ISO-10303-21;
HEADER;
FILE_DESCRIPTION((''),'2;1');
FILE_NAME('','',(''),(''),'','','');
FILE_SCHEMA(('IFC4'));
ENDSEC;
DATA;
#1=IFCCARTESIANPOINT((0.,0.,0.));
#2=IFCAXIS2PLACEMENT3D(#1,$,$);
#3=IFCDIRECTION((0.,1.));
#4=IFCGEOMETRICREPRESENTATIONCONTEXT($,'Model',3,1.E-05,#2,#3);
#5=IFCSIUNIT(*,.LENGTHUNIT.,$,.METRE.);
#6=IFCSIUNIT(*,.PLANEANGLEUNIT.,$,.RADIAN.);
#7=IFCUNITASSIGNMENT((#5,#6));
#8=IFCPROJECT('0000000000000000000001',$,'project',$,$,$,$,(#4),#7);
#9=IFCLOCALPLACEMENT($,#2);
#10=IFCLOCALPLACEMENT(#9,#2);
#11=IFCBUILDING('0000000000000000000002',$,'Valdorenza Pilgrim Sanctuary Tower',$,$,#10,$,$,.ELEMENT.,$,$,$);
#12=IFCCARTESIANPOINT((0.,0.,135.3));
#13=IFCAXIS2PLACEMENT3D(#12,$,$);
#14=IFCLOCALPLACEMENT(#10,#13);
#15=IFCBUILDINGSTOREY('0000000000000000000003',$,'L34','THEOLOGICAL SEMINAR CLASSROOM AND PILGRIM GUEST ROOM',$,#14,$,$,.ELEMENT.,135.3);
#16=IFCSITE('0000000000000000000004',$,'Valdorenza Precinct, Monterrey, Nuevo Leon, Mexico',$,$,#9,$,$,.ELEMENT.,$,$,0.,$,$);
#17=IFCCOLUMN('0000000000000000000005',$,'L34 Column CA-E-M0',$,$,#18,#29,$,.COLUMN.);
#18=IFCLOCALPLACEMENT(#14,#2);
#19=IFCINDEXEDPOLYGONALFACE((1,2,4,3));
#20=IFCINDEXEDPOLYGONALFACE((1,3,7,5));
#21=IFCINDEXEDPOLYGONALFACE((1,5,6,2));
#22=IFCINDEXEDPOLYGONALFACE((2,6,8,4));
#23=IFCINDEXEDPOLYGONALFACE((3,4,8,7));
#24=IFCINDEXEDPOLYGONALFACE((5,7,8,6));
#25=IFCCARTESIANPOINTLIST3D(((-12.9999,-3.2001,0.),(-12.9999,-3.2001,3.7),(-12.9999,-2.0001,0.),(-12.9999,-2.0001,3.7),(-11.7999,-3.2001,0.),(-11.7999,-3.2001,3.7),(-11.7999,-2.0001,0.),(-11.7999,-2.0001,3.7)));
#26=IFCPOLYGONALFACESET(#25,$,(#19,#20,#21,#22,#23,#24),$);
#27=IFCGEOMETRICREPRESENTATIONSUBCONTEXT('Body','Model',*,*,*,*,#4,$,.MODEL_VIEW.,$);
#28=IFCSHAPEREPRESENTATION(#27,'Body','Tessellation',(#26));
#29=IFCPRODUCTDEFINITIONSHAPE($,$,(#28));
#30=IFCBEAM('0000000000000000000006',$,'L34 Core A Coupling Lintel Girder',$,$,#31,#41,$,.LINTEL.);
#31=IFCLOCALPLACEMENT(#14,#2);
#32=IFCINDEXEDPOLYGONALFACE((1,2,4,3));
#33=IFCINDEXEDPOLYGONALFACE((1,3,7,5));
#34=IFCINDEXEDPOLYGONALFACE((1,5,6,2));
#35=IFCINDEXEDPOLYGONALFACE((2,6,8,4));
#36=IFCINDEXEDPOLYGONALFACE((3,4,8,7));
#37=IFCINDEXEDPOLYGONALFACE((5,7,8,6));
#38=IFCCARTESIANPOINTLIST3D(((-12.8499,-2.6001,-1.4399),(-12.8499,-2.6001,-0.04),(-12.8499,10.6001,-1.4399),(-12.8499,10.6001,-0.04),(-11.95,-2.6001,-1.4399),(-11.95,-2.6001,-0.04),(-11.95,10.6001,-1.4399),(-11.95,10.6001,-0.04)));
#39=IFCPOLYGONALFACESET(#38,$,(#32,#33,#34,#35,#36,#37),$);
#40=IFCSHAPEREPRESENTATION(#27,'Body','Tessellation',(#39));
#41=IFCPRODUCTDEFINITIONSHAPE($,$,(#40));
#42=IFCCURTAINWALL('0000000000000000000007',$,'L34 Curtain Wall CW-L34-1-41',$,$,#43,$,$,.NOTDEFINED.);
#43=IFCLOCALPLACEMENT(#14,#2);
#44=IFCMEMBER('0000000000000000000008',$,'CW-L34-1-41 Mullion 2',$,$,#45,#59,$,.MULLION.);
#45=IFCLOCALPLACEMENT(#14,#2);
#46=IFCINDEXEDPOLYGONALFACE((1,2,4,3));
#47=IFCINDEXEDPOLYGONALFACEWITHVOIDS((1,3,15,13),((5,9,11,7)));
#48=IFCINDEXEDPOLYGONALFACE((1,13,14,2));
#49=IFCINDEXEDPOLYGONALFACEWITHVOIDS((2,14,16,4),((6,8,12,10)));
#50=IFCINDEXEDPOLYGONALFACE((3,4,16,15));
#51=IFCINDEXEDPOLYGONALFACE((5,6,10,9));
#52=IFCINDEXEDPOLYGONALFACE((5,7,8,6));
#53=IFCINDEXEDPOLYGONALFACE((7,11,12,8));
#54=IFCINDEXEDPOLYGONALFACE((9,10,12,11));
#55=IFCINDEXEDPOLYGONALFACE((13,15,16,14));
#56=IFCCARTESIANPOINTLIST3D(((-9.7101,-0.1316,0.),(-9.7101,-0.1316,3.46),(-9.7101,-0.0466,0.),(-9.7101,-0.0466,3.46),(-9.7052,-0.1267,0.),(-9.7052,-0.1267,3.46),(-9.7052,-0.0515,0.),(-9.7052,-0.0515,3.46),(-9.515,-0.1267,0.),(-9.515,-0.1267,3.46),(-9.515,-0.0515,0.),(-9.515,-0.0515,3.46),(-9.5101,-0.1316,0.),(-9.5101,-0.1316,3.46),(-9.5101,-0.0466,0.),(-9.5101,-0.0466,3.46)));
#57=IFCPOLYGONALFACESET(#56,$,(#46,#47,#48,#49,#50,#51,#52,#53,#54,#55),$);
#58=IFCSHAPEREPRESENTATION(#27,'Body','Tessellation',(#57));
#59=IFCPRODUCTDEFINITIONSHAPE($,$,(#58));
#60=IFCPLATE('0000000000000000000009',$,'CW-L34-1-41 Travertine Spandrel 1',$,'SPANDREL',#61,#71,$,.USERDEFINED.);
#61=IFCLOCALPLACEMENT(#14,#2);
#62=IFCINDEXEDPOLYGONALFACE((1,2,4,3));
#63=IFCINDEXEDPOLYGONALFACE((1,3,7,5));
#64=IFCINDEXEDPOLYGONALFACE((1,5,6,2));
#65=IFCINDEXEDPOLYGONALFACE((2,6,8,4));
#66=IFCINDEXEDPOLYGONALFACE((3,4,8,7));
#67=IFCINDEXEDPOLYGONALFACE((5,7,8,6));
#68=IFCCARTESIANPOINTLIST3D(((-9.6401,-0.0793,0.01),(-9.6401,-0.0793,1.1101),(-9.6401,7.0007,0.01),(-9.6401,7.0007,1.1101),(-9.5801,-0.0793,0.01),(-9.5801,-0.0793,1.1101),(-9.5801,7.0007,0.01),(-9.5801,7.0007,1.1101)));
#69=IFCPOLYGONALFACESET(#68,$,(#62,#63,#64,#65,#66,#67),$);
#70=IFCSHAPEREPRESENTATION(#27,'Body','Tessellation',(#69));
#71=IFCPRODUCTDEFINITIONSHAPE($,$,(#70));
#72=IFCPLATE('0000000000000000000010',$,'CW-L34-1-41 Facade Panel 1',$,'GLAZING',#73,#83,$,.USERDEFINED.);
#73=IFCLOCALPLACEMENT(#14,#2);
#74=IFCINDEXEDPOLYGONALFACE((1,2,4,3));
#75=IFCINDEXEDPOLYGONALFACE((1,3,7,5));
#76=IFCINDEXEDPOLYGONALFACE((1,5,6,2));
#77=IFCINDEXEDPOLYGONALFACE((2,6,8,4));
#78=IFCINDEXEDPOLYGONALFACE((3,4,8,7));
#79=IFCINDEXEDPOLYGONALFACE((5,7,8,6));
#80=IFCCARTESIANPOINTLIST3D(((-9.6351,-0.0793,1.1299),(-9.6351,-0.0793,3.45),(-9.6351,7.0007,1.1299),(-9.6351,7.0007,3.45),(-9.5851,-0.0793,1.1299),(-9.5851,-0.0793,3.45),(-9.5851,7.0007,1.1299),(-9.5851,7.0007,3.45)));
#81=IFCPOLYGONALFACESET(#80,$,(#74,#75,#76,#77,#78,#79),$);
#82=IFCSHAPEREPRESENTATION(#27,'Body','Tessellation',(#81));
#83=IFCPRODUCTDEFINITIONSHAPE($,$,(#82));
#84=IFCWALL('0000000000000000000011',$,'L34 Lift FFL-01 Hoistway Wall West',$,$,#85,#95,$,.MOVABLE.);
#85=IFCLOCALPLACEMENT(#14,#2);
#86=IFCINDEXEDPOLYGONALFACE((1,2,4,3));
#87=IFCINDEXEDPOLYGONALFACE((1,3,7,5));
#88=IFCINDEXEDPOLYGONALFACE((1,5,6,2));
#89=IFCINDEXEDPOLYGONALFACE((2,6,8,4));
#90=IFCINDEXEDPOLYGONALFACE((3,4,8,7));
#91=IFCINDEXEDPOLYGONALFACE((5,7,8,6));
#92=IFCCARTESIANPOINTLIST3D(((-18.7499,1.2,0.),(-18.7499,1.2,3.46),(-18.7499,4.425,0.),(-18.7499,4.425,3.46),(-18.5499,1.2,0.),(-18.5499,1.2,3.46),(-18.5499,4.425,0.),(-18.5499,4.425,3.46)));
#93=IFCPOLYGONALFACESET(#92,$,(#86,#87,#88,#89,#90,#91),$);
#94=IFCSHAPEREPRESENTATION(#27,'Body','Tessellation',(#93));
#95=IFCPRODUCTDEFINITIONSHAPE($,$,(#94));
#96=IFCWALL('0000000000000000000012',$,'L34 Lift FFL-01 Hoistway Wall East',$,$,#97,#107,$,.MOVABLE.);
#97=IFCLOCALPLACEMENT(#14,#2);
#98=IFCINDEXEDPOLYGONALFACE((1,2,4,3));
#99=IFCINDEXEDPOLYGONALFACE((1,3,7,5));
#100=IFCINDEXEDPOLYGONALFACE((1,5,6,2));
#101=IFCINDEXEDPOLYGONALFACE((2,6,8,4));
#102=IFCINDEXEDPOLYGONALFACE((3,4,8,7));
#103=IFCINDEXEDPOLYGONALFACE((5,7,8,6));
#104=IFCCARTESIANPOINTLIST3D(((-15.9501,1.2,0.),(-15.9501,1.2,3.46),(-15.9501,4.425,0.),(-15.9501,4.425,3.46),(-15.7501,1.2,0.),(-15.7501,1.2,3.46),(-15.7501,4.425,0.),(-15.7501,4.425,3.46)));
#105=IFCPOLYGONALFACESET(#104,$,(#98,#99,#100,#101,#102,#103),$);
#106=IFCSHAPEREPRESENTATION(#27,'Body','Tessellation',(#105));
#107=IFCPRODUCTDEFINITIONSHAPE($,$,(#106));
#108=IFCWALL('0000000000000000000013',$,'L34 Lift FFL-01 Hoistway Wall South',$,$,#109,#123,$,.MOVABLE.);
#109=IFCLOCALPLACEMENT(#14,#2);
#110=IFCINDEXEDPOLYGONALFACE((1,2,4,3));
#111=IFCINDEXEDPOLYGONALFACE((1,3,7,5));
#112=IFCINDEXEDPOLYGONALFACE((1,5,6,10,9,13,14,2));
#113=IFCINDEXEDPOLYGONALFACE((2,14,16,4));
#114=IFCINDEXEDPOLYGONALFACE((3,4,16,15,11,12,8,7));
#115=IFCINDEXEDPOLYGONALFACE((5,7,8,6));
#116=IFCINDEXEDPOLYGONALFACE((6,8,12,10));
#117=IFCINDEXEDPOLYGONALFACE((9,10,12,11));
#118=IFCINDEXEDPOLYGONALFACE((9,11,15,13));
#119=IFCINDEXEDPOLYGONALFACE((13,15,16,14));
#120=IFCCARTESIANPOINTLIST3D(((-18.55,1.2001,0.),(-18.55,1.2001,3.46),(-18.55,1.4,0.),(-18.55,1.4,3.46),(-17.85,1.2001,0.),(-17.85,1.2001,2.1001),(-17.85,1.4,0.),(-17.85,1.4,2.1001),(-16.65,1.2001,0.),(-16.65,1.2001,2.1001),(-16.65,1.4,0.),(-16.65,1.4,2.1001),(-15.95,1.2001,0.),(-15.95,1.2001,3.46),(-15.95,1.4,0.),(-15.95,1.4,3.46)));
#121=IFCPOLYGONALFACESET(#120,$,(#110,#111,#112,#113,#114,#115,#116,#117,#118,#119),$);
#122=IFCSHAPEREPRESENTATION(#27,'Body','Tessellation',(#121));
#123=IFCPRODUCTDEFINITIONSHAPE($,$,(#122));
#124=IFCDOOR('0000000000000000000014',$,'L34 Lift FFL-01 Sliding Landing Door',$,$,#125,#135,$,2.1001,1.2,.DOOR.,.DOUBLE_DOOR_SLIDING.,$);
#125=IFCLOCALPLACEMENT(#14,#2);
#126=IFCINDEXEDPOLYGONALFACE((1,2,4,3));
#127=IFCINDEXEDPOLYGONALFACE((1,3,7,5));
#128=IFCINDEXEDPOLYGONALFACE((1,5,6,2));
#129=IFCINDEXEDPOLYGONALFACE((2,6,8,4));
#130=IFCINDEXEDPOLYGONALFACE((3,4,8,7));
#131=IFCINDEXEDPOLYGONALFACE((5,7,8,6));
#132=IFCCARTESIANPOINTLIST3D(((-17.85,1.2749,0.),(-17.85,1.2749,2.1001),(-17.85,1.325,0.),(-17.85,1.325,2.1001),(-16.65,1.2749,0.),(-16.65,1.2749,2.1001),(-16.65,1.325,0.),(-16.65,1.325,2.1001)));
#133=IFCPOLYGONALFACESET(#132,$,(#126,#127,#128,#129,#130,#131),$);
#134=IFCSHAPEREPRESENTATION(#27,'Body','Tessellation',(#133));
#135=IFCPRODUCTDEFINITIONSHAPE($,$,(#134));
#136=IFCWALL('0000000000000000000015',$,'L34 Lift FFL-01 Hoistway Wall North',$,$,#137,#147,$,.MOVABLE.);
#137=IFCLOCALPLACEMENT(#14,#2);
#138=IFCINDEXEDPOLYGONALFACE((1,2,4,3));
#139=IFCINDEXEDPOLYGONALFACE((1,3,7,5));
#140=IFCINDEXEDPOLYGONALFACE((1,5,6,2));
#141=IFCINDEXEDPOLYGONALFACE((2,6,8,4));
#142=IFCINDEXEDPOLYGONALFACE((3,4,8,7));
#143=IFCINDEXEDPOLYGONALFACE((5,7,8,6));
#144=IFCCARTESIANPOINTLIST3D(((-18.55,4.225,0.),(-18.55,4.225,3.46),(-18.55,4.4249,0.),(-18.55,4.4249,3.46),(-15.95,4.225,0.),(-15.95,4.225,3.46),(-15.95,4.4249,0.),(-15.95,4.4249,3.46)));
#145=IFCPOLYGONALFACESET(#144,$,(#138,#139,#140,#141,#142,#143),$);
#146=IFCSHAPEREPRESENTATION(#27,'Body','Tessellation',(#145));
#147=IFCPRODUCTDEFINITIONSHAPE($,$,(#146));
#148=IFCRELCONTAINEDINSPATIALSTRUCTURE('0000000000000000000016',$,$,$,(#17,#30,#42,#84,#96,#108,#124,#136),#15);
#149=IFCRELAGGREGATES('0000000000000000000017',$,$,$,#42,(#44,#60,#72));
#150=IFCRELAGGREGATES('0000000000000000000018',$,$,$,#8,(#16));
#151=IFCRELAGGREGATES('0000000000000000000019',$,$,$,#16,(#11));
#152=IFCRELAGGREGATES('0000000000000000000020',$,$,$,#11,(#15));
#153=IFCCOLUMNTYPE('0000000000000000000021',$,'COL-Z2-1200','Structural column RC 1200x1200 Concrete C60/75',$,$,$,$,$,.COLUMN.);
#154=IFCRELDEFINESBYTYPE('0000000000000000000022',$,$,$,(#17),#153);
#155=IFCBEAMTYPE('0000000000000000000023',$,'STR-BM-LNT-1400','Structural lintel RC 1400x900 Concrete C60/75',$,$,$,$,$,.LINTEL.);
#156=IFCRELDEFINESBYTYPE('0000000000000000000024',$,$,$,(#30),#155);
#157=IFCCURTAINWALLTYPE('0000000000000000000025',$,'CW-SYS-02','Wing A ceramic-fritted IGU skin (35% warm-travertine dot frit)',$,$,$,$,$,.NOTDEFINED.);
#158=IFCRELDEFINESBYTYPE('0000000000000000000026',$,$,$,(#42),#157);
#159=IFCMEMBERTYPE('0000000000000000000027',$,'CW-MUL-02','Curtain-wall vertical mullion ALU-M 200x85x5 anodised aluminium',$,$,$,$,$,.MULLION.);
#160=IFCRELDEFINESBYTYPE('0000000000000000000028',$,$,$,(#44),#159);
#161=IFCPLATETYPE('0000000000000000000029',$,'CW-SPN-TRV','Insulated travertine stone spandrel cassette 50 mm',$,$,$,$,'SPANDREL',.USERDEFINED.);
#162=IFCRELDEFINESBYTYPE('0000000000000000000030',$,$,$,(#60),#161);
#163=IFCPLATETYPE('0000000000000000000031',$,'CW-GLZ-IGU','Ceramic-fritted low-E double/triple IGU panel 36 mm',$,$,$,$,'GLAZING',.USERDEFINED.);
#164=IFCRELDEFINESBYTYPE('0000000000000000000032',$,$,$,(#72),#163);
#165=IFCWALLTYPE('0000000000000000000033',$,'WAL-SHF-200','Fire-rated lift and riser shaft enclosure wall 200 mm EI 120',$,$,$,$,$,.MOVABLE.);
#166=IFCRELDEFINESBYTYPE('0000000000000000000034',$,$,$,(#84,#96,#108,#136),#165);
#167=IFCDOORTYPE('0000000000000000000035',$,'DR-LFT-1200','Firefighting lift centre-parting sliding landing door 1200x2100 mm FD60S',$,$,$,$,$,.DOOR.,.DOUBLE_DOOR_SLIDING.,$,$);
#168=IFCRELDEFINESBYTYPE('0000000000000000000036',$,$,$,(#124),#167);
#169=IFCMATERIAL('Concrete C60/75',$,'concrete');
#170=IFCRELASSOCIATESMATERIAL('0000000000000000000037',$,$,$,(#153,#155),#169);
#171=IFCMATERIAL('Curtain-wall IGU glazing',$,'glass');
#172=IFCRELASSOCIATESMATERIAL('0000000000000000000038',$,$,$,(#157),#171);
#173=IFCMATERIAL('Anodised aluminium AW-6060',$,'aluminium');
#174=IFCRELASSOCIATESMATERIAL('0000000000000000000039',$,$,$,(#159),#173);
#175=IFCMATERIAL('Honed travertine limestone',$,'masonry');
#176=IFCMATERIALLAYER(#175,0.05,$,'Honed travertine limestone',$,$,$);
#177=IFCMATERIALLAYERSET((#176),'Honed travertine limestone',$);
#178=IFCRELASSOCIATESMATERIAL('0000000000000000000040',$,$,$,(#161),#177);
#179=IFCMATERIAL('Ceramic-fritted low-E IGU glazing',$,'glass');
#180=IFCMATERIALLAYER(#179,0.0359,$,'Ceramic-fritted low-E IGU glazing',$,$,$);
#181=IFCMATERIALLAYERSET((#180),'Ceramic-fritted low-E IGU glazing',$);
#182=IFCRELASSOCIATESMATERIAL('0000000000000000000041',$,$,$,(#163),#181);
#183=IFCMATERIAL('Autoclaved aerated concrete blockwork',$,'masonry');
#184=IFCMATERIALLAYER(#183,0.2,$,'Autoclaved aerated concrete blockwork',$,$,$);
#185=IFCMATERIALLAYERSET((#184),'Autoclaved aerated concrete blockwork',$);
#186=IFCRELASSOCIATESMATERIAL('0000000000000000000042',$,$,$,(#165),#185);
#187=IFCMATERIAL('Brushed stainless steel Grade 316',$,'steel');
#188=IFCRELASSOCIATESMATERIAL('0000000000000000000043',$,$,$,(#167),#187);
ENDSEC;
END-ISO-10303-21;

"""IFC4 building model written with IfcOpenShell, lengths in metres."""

from ifc_helpers import new_model, si_unit, direction, frame, frame_2d, origin, origin_2d, place, context, subcontext, project, spatial, rectangle, hollow_rectangle, extrude, source, transform, mapped, material, layer, layer_set, material_profile, profile_set, type_object, element, fill, aggregate, save


model = new_model("IFC4")

# Units and contexts
model_context = context("Model", 3, precision=1e-05, world=origin(), true_north=direction((0.0, 1.0)))
body_context = subcontext(model_context, "Body", "Model", "MODEL_VIEW")
ifc_project = project(units=[si_unit("LENGTHUNIT", "METRE"), si_unit("PLANEANGLEUNIT", "RADIAN")], contexts=[model_context])

# Site, building, storey
site_placement = place(None, origin())
site = spatial("IfcSite", under=ifc_project, at=site_placement, Name="Valdorenza Precinct, Monterrey, Nuevo Leon, Mexico", CompositionType="ELEMENT", RefElevation=0.0)
building_placement = place(site_placement, origin())
building = spatial("IfcBuilding", under=site, at=building_placement, Name="Valdorenza Pilgrim Sanctuary Tower", CompositionType="ELEMENT")
storey_placement = place(building_placement, frame((0.0, 0.0, 135.3)))
storey = spatial("IfcBuildingStorey", under=building, at=storey_placement, Name="L34", Description="THEOLOGICAL SEMINAR CLASSROOM AND PILGRIM GUEST ROOM", CompositionType="ELEMENT", Elevation=135.3)

# Column
ifc_material_1 = material(Name="Concrete C60/75", Category="concrete")
ifc_material_profile_1 = material_profile(ifc_material_1, rectangle(XDim=1.2, YDim=1.2, at=origin_2d()), Name="RC 1200x1200")
ifc_profile_set_1 = profile_set([ifc_material_profile_1], Name="Concrete C60/75")
column_type = type_object("IfcColumnType", Name="COL-Z2-1200", Description="Structural column RC 1200x1200 Concrete C60/75", PredefinedType="COLUMN", material=ifc_profile_set_1)
shared_shape_1 = source(origin(), body_context, "Body", "SweptSolid", [
    extrude(rectangle(XDim=1.2, YDim=1.2, at=origin_2d()), origin(), (0.0, 0.0, 1.0), 3.7),
])
column_placement = place(storey_placement, frame((-12.3999, -2.6001, 0.0), z_axis=(0.0, 0.0, 1.0), x_axis=(1.0, 0.0, 0.0)))
element("IfcColumn", 1, at=column_placement, inside=storey, type_object=column_type, Name="L34 Column CA-E-M0", PredefinedType="COLUMN", context=body_context, shape_type="MappedRepresentation", body=[
    mapped(shared_shape_1, transform((0.0, 0.0, 0.0), x_axis=(1.0, 0.0, 0.0), y_axis=(0.0, 1.0, 0.0), z_axis=(0.0, 0.0, 1.0), scale=1.0)),
])

# Beam
ifc_material_profile_2 = material_profile(ifc_material_1, rectangle(XDim=0.8999, YDim=1.3999, at=origin_2d()), Name="RC 1400x900")
ifc_profile_set_2 = profile_set([ifc_material_profile_2], Name="Concrete C60/75")
beam_type = type_object("IfcBeamType", Name="STR-BM-LNT-1400", Description="Structural lintel RC 1400x900 Concrete C60/75", PredefinedType="LINTEL", material=ifc_profile_set_2)
shared_shape_2 = source(origin(), body_context, "Body", "SweptSolid", [
    extrude(rectangle(XDim=0.8999, YDim=1.3999, at=origin_2d()), origin(), (0.0, 0.0, 1.0), 13.2002),
])
beam_placement = place(storey_placement, frame((-12.3999, -2.6001, -0.74), z_axis=(0.0, 1.0, 0.0), x_axis=(-1.0, 0.0, 0.0)))
element("IfcBeam", 2, at=beam_placement, inside=storey, type_object=beam_type, Name="L34 Core A Coupling Lintel Girder", PredefinedType="LINTEL", context=body_context, shape_type="MappedRepresentation", body=[
    mapped(shared_shape_2, transform((0.0, 0.0, 0.0), x_axis=(1.0, 0.0, 0.0), y_axis=(0.0, 1.0, 0.0), z_axis=(0.0, 0.0, 1.0), scale=1.0)),
])

# Curtain wall, member, plates
ifc_material_2 = material(Name="Curtain-wall IGU glazing", Category="glass")
curtain_wall_type = type_object("IfcCurtainWallType", Name="CW-SYS-02", Description="Wing A ceramic-fritted IGU skin (35% warm-travertine dot frit)", PredefinedType="NOTDEFINED", material=ifc_material_2)
curtain_wall_placement = place(storey_placement, origin())
curtain_wall = element("IfcCurtainWall", 3, at=curtain_wall_placement, inside=storey, type_object=curtain_wall_type, Name="L34 Curtain Wall CW-L34-1-41", PredefinedType="NOTDEFINED")
ifc_material_3 = material(Name="Anodised aluminium AW-6060", Category="aluminium")
ifc_material_profile_3 = material_profile(ifc_material_3, hollow_rectangle(XDim=0.085, YDim=0.2, WallThickness=0.0049, at=origin_2d()), Name="ALU-M 200x85x5")
ifc_profile_set_3 = profile_set([ifc_material_profile_3], Name="Anodised aluminium AW-6060")
member_type = type_object("IfcMemberType", Name="CW-MUL-02", Description="Curtain-wall vertical mullion ALU-M 200x85x5 anodised aluminium", PredefinedType="MULLION", material=ifc_profile_set_3)
shared_shape_3 = source(origin(), body_context, "Body", "SweptSolid", [
    extrude(hollow_rectangle(XDim=0.085, YDim=0.2, WallThickness=0.0049, at=origin_2d()), origin(), (0.0, 0.0, 1.0), 3.46),
])
member_placement = place(storey_placement, frame((-9.6101, -0.0891, 0.0), z_axis=(0.0, 0.0, 1.0), x_axis=(0.0, -1.0, 0.0)))
member = element("IfcMember", 4, at=member_placement, type_object=member_type, Name="CW-L34-1-41 Mullion 2", PredefinedType="MULLION", context=body_context, shape_type="MappedRepresentation", body=[
    mapped(shared_shape_3, transform((0.0, 0.0, 0.0), x_axis=(1.0, 0.0, 0.0), y_axis=(0.0, 1.0, 0.0), z_axis=(0.0, 0.0, 1.0), scale=1.0)),
])
ifc_material_4 = material(Name="Honed travertine limestone", Category="masonry")
ifc_layer_1 = layer(ifc_material_4, 0.05, Name="Honed travertine limestone")
ifc_layer_set_1 = layer_set([ifc_layer_1], Name="Honed travertine limestone")
plate_type_1 = type_object("IfcPlateType", Name="CW-SPN-TRV", Description="Insulated travertine stone spandrel cassette 50 mm", ElementType="SPANDREL", PredefinedType="USERDEFINED", material=ifc_layer_set_1)
shared_shape_4 = source(origin(), body_context, "Body", "SweptSolid", [
    extrude(rectangle(XDim=7.0801, YDim=0.0601, at=origin_2d()), origin(), (0.0, 0.0, 1.0), 1.1001),
])
plate_1_placement = place(storey_placement, frame((-9.6101, 3.4607, 0.01), z_axis=(0.0, 0.0, 1.0), x_axis=(0.0, -1.0, 0.0)))
plate_1 = element("IfcPlate", 5, at=plate_1_placement, type_object=plate_type_1, Name="CW-L34-1-41 Travertine Spandrel 1", ObjectType="SPANDREL", PredefinedType="USERDEFINED", context=body_context, shape_type="MappedRepresentation", body=[
    mapped(shared_shape_4, transform((0.0, 0.0, 0.0), x_axis=(1.0, 0.0, 0.0), y_axis=(0.0, 1.0, 0.0), z_axis=(0.0, 0.0, 1.0), scale=1.0)),
])
ifc_material_5 = material(Name="Ceramic-fritted low-E IGU glazing", Category="glass")
ifc_layer_2 = layer(ifc_material_5, 0.0359, Name="Ceramic-fritted low-E IGU glazing")
ifc_layer_set_2 = layer_set([ifc_layer_2], Name="Ceramic-fritted low-E IGU glazing")
plate_type_2 = type_object("IfcPlateType", Name="CW-GLZ-IGU", Description="Ceramic-fritted low-E double/triple IGU panel 36 mm", ElementType="GLAZING", PredefinedType="USERDEFINED", material=ifc_layer_set_2)
shared_shape_5 = source(origin(), body_context, "Body", "SweptSolid", [
    extrude(rectangle(XDim=7.0801, YDim=0.05, at=origin_2d()), origin(), (0.0, 0.0, 1.0), 2.3201),
])
plate_2_placement = place(storey_placement, frame((-9.6101, 3.4607, 1.1299), z_axis=(0.0, 0.0, 1.0), x_axis=(0.0, -1.0, 0.0)))
plate_2 = element("IfcPlate", 6, at=plate_2_placement, type_object=plate_type_2, Name="CW-L34-1-41 Facade Panel 1", ObjectType="GLAZING", PredefinedType="USERDEFINED", context=body_context, shape_type="MappedRepresentation", body=[
    mapped(shared_shape_5, transform((0.0, 0.0, 0.0), x_axis=(1.0, 0.0, 0.0), y_axis=(0.0, 1.0, 0.0), z_axis=(0.0, 0.0, 1.0), scale=1.0)),
])
aggregate(curtain_wall, [member, plate_1, plate_2])

# Walls
ifc_material_6 = material(Name="Autoclaved aerated concrete blockwork", Category="masonry")
ifc_layer_3 = layer(ifc_material_6, 0.2, Name="Autoclaved aerated concrete blockwork")
ifc_layer_set_3 = layer_set([ifc_layer_3], Name="Autoclaved aerated concrete blockwork")
wall_type_1 = type_object("IfcWallType", Name="WAL-SHF-200", Description="Fire-rated lift and riser shaft enclosure wall 200 mm EI 120", PredefinedType="MOVABLE", material=ifc_layer_set_3)
for number, where, z_axis, x_axis, name in (
    (7, (-18.6499, 1.2, 0.0), (0.0, 0.0, 1.0), (0.0, 1.0, 0.0), "L34 Lift FFL-01 Hoistway Wall West"),
    (8, (-15.8501, 1.2, 0.0), (0.0, 0.0, 1.0), (0.0, 1.0, 0.0), "L34 Lift FFL-01 Hoistway Wall East"),
):
    element("IfcWall", number, at=place(storey_placement, frame(where, z_axis=z_axis, x_axis=x_axis)), inside=storey, type_object=wall_type_1, Name=name, PredefinedType="MOVABLE", context=body_context, shape_type="SweptSolid", body=[
        extrude(rectangle(XDim=3.2251, YDim=0.2, at=frame_2d((1.6125, 0.0))), origin(), (0.0, 0.0, 1.0), 3.46),
    ])

# Wall, opening, door
wall_1_placement = place(storey_placement, frame((-18.55, 1.3, 0.0), z_axis=(0.0, 0.0, 1.0), x_axis=(1.0, 0.0, 0.0)))
wall_1 = element("IfcWall", 9, at=wall_1_placement, inside=storey, type_object=wall_type_1, Name="L34 Lift FFL-01 Hoistway Wall South", PredefinedType="MOVABLE", context=body_context, shape_type="SweptSolid", body=[
    extrude(rectangle(XDim=2.6001, YDim=0.2, at=frame_2d((1.3, 0.0))), origin(), (0.0, 0.0, 1.0), 3.46),
])
opening_1_placement = place(wall_1_placement, frame((0.7, 0.0, 0.0)))
opening_1 = element("IfcOpeningElement", 10, at=opening_1_placement, cuts=wall_1, PredefinedType="OPENING", context=body_context, shape_type="SweptSolid", body=[
    extrude(rectangle(XDim=1.2, YDim=2.1001, at=frame_2d((0.6001, 1.05))), frame((0.0, 0.1147, 0.0), z_axis=(0.0, -1.0, 0.0), x_axis=(1.0, 0.0, 0.0)), (0.0, 0.0, 1.0), 0.2297),
])
ifc_material_7 = material(Name="Brushed stainless steel Grade 316", Category="steel")
door_type_1 = type_object("IfcDoorType", Name="DR-LFT-1200", Description="Firefighting lift centre-parting sliding landing door 1200x2100 mm FD60S", OperationType="DOUBLE_DOOR_SLIDING", PredefinedType="DOOR", material=ifc_material_7)
door_1_placement = place(opening_1_placement, origin())
door_1 = element("IfcDoor", 11, at=door_1_placement, inside=storey, type_object=door_type_1, Name="L34 Lift FFL-01 Sliding Landing Door", OperationType="DOUBLE_DOOR_SLIDING", OverallHeight=2.1001, OverallWidth=1.2, PredefinedType="DOOR", context=body_context, shape_type="SweptSolid", body=[
    extrude(rectangle(XDim=1.2, YDim=2.1001, at=frame_2d((0.6001, 1.05))), frame((0.0, 0.0249, 0.0), z_axis=(0.0, -1.0, 0.0), x_axis=(1.0, 0.0, 0.0)), (0.0, 0.0, 1.0), 0.05),
])
fill(opening_1, door_1)

# Wall
wall_2_placement = place(storey_placement, frame((-18.55, 4.325, 0.0), z_axis=(0.0, 0.0, 1.0), x_axis=(1.0, 0.0, 0.0)))
element("IfcWall", 12, at=wall_2_placement, inside=storey, type_object=wall_type_1, Name="L34 Lift FFL-01 Hoistway Wall North", PredefinedType="MOVABLE", context=body_context, shape_type="SweptSolid", body=[
    extrude(rectangle(XDim=2.6001, YDim=0.2, at=frame_2d((1.3, 0.0))), origin(), (0.0, 0.0, 1.0), 3.46),
])

save(model, "model.ifc")
